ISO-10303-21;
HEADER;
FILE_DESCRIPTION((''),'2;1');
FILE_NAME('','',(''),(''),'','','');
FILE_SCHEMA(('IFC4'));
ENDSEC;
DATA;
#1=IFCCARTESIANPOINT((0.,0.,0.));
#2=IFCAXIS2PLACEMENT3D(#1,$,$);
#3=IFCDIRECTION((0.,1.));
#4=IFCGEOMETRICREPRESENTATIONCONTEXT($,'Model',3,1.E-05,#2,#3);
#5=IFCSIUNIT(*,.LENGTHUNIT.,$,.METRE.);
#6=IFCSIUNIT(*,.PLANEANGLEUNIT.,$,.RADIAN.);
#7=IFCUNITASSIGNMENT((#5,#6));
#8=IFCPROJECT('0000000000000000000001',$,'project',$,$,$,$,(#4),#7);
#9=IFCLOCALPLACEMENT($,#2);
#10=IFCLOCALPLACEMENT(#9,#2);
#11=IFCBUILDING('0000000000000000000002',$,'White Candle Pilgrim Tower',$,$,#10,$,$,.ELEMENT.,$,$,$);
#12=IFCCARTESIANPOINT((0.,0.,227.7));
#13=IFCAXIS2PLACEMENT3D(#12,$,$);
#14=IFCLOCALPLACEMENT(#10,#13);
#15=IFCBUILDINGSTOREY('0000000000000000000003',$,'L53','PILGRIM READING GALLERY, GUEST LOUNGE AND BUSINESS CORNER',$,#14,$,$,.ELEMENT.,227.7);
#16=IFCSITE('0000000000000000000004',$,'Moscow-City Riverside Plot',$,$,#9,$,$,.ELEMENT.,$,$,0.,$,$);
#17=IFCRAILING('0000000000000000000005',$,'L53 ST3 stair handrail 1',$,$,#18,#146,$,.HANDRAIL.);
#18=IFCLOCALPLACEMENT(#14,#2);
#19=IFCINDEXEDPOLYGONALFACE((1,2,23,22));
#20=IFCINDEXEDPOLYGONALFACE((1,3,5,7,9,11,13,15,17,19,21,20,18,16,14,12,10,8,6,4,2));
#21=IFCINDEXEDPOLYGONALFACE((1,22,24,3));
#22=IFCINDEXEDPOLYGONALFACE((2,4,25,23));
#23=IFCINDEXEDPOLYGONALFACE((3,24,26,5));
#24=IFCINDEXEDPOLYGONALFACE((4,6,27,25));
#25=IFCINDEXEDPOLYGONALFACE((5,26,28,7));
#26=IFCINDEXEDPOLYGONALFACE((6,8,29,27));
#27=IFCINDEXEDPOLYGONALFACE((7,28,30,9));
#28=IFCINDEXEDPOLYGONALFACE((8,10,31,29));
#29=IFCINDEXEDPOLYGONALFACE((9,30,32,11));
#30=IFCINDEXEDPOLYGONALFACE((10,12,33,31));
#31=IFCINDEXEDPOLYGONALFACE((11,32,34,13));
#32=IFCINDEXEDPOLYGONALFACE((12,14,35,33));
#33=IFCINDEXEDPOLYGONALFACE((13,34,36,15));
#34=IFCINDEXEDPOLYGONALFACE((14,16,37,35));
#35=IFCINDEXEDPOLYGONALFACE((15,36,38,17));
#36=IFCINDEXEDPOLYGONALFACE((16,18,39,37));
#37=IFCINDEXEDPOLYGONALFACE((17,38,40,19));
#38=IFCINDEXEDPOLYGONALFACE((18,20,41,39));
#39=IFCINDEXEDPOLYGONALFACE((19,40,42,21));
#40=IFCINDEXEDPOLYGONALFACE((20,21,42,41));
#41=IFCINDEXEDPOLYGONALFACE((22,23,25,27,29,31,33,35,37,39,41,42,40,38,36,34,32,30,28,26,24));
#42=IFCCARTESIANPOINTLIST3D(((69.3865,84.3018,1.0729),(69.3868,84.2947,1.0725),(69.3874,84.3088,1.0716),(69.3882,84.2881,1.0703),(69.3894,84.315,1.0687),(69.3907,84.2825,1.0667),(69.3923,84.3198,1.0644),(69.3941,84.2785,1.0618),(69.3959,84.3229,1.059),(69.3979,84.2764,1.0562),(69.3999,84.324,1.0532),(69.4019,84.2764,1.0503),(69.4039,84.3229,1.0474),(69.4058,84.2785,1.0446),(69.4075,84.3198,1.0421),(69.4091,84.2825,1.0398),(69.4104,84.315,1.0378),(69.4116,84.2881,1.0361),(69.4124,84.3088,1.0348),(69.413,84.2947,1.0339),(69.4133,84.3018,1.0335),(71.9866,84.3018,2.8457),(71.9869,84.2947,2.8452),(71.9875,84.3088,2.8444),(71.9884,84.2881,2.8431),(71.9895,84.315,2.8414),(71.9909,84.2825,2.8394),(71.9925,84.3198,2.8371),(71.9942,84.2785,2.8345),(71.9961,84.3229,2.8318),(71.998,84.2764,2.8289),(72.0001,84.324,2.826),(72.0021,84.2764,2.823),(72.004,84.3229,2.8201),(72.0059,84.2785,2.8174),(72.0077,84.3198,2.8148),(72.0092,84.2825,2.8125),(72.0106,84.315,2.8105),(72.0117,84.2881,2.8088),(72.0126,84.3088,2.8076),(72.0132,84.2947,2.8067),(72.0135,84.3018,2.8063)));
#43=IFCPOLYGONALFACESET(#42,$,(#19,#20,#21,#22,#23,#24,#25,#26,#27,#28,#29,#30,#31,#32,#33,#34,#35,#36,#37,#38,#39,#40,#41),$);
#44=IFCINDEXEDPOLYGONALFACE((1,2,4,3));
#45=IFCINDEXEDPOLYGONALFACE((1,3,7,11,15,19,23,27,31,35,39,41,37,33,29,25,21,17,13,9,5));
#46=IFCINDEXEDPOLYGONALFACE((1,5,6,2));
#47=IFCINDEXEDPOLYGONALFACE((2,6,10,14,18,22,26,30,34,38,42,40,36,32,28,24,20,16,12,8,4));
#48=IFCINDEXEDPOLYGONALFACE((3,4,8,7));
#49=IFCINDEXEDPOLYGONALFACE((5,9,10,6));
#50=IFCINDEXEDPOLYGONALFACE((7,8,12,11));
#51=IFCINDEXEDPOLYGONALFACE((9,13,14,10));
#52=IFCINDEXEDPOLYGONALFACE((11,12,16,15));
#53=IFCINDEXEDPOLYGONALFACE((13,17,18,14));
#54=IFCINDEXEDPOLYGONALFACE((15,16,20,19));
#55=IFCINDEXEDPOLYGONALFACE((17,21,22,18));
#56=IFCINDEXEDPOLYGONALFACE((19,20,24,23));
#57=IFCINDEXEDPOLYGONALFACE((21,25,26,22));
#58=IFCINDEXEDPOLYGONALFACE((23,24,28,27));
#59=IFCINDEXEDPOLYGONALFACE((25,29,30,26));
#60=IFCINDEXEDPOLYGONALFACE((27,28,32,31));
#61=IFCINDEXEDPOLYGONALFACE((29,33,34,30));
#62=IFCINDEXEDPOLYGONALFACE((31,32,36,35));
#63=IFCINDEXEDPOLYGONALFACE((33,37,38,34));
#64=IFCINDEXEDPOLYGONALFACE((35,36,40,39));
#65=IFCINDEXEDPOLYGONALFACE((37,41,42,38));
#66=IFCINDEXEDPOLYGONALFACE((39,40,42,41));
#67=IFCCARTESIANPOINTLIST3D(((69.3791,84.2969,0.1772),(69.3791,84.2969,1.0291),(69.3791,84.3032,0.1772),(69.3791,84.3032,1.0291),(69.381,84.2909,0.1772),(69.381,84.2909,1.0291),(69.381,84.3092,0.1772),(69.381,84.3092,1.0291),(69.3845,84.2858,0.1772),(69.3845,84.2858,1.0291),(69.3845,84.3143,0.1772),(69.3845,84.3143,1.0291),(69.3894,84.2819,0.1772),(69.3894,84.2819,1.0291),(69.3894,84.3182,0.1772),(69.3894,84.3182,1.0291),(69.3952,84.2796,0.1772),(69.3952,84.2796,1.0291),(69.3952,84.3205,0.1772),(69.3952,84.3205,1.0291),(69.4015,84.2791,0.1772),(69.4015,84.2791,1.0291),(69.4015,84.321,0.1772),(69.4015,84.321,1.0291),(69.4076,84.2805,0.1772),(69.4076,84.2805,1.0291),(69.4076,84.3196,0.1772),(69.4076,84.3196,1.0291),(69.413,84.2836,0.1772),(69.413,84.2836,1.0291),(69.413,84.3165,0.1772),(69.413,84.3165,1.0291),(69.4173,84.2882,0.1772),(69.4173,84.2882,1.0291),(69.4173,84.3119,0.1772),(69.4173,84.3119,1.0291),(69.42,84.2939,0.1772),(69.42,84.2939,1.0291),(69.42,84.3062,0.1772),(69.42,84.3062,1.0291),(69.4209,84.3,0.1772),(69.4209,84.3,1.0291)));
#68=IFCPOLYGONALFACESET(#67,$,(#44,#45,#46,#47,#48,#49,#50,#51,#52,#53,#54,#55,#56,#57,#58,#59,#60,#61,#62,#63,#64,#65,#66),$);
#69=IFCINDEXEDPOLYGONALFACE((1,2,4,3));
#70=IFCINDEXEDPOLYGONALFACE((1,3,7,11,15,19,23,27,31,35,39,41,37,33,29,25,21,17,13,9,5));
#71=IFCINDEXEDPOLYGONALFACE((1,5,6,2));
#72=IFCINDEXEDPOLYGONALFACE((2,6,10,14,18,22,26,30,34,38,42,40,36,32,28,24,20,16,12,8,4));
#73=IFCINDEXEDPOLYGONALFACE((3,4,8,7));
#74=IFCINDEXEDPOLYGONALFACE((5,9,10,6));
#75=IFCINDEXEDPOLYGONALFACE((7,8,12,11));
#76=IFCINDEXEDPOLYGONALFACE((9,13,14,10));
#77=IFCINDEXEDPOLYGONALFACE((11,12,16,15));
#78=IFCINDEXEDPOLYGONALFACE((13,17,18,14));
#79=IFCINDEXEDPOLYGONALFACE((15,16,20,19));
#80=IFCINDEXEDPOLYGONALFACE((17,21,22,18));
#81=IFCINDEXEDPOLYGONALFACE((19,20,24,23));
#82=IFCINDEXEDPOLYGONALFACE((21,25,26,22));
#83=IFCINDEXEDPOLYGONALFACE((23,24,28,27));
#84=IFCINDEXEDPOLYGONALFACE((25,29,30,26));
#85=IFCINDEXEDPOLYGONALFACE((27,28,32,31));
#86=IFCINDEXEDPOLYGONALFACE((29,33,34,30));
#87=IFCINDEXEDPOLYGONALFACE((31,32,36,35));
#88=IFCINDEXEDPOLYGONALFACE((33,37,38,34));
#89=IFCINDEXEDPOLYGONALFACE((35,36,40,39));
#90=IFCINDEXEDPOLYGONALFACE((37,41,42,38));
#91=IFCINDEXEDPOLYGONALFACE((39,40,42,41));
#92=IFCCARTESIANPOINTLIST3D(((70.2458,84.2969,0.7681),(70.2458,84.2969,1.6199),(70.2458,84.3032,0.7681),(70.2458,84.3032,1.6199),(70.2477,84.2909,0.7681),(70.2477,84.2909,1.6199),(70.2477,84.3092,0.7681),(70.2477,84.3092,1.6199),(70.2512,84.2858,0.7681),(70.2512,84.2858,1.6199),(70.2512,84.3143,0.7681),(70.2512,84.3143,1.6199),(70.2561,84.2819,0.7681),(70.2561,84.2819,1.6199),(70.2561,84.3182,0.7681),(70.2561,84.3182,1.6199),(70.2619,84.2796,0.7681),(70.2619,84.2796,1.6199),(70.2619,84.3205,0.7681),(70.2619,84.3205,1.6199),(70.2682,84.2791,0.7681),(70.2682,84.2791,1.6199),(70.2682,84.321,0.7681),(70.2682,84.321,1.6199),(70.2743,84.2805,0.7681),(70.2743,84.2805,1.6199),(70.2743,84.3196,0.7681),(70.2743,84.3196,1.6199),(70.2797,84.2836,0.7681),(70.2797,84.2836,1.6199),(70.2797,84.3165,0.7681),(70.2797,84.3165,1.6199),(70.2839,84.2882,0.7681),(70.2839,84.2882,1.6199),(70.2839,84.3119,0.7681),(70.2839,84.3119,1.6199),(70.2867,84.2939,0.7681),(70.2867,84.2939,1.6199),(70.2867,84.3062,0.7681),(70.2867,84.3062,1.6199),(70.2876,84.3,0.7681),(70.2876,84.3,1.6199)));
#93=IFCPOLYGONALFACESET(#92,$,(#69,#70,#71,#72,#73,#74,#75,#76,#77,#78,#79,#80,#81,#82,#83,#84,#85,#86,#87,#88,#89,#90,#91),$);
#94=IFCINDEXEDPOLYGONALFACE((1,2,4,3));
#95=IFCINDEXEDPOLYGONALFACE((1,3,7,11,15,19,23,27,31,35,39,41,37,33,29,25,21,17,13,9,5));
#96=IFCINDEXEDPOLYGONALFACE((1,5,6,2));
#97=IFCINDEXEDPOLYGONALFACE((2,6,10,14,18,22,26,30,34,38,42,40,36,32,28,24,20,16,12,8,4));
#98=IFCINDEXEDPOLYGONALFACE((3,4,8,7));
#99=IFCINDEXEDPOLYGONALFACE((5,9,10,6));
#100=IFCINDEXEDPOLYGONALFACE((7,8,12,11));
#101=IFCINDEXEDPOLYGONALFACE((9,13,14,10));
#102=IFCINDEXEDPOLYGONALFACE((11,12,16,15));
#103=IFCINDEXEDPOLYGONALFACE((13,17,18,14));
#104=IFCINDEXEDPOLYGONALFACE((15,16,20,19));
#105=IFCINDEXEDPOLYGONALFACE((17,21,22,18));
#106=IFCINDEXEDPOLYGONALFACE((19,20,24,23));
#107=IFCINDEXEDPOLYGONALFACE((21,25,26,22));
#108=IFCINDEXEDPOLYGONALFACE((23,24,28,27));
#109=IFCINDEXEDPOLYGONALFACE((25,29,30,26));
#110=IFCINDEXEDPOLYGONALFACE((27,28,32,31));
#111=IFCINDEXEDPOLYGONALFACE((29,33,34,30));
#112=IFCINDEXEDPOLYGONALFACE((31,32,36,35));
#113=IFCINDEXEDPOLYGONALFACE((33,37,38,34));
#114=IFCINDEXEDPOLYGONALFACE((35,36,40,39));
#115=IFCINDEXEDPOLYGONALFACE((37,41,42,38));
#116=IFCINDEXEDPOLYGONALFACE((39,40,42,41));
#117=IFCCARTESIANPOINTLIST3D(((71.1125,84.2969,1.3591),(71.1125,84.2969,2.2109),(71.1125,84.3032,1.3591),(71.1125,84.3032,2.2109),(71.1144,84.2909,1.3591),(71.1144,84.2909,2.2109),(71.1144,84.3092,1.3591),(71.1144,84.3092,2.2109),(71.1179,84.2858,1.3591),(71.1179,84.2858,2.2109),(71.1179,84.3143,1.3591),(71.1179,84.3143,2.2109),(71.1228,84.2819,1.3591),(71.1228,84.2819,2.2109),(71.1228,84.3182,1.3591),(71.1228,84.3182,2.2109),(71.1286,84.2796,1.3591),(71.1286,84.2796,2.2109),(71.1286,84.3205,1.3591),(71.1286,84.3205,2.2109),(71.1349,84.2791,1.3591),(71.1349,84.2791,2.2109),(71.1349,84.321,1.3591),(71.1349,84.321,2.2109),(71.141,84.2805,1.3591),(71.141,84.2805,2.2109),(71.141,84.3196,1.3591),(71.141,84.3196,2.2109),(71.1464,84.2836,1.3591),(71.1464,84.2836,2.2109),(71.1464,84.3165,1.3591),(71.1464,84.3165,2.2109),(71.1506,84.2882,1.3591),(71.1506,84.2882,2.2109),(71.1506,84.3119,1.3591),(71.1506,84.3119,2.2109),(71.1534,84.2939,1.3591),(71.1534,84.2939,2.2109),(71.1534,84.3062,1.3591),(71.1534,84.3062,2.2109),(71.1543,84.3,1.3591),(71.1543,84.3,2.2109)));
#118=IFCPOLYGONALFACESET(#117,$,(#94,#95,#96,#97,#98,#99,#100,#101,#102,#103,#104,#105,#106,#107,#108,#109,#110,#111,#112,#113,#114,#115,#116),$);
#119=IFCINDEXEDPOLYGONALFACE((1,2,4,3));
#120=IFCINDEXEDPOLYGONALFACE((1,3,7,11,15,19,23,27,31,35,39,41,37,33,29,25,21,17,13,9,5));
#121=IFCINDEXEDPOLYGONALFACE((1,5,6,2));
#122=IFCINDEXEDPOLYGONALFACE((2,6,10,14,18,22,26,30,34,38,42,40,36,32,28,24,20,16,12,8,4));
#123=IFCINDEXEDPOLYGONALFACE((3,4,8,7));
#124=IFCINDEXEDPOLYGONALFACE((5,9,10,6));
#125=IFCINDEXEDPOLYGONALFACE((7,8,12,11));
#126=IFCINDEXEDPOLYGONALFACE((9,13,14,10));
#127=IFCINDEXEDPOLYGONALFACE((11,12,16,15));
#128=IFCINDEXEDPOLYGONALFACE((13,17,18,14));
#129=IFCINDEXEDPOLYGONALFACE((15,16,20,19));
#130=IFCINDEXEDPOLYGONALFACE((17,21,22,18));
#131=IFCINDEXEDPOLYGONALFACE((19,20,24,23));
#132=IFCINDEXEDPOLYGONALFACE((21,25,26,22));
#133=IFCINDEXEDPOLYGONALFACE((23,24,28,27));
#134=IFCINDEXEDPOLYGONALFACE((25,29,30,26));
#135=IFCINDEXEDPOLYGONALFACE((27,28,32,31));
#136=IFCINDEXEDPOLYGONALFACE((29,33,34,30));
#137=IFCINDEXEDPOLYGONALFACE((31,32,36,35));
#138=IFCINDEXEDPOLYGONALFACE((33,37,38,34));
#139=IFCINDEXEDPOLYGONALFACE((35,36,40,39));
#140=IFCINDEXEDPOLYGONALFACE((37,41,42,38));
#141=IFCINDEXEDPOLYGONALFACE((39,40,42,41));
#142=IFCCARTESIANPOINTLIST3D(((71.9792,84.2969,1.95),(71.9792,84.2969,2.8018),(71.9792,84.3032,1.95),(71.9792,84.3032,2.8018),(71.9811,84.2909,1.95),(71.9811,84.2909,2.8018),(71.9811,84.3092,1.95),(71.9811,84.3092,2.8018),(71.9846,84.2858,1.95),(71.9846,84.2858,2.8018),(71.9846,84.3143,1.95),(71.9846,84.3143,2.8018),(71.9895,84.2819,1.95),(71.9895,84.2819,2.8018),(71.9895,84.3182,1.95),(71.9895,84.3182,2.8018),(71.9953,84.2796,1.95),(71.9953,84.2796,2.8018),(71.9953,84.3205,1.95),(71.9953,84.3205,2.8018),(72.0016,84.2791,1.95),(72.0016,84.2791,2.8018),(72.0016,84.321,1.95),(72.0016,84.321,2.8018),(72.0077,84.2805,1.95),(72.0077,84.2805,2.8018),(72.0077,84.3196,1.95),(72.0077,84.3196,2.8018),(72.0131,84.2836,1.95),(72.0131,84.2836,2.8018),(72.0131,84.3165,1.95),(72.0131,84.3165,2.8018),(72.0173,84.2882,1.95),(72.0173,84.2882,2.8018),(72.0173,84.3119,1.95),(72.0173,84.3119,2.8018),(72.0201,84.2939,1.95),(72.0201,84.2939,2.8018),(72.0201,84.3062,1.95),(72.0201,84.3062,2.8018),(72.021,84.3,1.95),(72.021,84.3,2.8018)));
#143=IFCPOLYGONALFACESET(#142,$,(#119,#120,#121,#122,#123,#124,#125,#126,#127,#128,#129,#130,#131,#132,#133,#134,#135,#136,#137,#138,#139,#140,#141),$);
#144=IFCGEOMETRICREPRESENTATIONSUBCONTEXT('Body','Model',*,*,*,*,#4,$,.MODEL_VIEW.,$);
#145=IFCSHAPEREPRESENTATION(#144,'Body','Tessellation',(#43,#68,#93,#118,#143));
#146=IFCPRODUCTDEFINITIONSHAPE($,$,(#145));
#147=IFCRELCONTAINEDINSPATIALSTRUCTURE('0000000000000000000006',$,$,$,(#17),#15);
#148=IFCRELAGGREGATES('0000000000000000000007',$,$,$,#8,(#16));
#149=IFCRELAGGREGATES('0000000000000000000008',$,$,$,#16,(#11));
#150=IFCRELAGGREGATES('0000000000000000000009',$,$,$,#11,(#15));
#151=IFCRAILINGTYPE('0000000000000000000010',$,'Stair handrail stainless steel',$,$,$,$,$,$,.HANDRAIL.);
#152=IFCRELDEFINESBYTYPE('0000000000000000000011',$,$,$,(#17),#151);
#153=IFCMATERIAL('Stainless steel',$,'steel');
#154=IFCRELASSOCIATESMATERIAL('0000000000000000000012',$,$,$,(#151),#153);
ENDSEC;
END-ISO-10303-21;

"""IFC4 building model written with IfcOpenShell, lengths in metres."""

from ifc_helpers import new_model, si_unit, direction, frame, origin, origin_2d, place, context, subcontext, project, spatial, circle, extrude, material, type_object, element, save


model = new_model("IFC4")

# Units and contexts
model_context = context("Model", 3, precision=1e-05, world=origin(), true_north=direction((0.0, 1.0)))
body_context = subcontext(model_context, "Body", "Model", "MODEL_VIEW")
ifc_project = project(units=[si_unit("LENGTHUNIT", "METRE"), si_unit("PLANEANGLEUNIT", "RADIAN")], contexts=[model_context])

# Site, building, storey
site_placement = place(None, origin())
site = spatial("IfcSite", under=ifc_project, at=site_placement, Name="Moscow-City Riverside Plot", CompositionType="ELEMENT", RefElevation=0.0)
building_placement = place(site_placement, origin())
building = spatial("IfcBuilding", under=site, at=building_placement, Name="White Candle Pilgrim Tower", CompositionType="ELEMENT")
storey_placement = place(building_placement, frame((0.0, 0.0, 227.7)))
storey = spatial("IfcBuildingStorey", under=building, at=storey_placement, Name="L53", Description="PILGRIM READING GALLERY, GUEST LOUNGE AND BUSINESS CORNER", CompositionType="ELEMENT", Elevation=227.7)

# Shared definitions
ifc_material_1 = material(Name="Stainless steel", Category="steel")

# Railing
railing_type_1 = type_object("IfcRailingType", Name="Stair handrail stainless steel", PredefinedType="HANDRAIL", material=ifc_material_1)
railing_1_placement = place(storey_placement, frame((69.3999, 84.3, 0.1772)))
element("IfcRailing", 1, at=railing_1_placement, inside=storey, type_object=railing_type_1, Name="L53 ST3 stair handrail 1", PredefinedType="HANDRAIL", context=body_context, shape_type="SweptSolid", body=[
    extrude(circle(Radius=0.0239, at=origin_2d()), frame((0.0, 0.0, 0.876), z_axis=(0.82624, 0.0, 0.563318), x_axis=(0.0, 1.0, 0.0)), (0.0, 0.0, 1.0), 3.147),
    extrude(circle(Radius=0.021, at=origin_2d()), origin(), (0.0, 0.0, 1.0), 0.8518),
    extrude(circle(Radius=0.021, at=origin_2d()), frame((0.8667, 0.0, 0.5908)), (0.0, 0.0, 1.0), 0.8518),
    extrude(circle(Radius=0.021, at=origin_2d()), frame((1.7334, 0.0, 1.1819)), (0.0, 0.0, 1.0), 0.8518),
    extrude(circle(Radius=0.021, at=origin_2d()), frame((2.6001, 0.0, 1.7727)), (0.0, 0.0, 1.0), 0.8518),
])

save(model, "model.ifc")
